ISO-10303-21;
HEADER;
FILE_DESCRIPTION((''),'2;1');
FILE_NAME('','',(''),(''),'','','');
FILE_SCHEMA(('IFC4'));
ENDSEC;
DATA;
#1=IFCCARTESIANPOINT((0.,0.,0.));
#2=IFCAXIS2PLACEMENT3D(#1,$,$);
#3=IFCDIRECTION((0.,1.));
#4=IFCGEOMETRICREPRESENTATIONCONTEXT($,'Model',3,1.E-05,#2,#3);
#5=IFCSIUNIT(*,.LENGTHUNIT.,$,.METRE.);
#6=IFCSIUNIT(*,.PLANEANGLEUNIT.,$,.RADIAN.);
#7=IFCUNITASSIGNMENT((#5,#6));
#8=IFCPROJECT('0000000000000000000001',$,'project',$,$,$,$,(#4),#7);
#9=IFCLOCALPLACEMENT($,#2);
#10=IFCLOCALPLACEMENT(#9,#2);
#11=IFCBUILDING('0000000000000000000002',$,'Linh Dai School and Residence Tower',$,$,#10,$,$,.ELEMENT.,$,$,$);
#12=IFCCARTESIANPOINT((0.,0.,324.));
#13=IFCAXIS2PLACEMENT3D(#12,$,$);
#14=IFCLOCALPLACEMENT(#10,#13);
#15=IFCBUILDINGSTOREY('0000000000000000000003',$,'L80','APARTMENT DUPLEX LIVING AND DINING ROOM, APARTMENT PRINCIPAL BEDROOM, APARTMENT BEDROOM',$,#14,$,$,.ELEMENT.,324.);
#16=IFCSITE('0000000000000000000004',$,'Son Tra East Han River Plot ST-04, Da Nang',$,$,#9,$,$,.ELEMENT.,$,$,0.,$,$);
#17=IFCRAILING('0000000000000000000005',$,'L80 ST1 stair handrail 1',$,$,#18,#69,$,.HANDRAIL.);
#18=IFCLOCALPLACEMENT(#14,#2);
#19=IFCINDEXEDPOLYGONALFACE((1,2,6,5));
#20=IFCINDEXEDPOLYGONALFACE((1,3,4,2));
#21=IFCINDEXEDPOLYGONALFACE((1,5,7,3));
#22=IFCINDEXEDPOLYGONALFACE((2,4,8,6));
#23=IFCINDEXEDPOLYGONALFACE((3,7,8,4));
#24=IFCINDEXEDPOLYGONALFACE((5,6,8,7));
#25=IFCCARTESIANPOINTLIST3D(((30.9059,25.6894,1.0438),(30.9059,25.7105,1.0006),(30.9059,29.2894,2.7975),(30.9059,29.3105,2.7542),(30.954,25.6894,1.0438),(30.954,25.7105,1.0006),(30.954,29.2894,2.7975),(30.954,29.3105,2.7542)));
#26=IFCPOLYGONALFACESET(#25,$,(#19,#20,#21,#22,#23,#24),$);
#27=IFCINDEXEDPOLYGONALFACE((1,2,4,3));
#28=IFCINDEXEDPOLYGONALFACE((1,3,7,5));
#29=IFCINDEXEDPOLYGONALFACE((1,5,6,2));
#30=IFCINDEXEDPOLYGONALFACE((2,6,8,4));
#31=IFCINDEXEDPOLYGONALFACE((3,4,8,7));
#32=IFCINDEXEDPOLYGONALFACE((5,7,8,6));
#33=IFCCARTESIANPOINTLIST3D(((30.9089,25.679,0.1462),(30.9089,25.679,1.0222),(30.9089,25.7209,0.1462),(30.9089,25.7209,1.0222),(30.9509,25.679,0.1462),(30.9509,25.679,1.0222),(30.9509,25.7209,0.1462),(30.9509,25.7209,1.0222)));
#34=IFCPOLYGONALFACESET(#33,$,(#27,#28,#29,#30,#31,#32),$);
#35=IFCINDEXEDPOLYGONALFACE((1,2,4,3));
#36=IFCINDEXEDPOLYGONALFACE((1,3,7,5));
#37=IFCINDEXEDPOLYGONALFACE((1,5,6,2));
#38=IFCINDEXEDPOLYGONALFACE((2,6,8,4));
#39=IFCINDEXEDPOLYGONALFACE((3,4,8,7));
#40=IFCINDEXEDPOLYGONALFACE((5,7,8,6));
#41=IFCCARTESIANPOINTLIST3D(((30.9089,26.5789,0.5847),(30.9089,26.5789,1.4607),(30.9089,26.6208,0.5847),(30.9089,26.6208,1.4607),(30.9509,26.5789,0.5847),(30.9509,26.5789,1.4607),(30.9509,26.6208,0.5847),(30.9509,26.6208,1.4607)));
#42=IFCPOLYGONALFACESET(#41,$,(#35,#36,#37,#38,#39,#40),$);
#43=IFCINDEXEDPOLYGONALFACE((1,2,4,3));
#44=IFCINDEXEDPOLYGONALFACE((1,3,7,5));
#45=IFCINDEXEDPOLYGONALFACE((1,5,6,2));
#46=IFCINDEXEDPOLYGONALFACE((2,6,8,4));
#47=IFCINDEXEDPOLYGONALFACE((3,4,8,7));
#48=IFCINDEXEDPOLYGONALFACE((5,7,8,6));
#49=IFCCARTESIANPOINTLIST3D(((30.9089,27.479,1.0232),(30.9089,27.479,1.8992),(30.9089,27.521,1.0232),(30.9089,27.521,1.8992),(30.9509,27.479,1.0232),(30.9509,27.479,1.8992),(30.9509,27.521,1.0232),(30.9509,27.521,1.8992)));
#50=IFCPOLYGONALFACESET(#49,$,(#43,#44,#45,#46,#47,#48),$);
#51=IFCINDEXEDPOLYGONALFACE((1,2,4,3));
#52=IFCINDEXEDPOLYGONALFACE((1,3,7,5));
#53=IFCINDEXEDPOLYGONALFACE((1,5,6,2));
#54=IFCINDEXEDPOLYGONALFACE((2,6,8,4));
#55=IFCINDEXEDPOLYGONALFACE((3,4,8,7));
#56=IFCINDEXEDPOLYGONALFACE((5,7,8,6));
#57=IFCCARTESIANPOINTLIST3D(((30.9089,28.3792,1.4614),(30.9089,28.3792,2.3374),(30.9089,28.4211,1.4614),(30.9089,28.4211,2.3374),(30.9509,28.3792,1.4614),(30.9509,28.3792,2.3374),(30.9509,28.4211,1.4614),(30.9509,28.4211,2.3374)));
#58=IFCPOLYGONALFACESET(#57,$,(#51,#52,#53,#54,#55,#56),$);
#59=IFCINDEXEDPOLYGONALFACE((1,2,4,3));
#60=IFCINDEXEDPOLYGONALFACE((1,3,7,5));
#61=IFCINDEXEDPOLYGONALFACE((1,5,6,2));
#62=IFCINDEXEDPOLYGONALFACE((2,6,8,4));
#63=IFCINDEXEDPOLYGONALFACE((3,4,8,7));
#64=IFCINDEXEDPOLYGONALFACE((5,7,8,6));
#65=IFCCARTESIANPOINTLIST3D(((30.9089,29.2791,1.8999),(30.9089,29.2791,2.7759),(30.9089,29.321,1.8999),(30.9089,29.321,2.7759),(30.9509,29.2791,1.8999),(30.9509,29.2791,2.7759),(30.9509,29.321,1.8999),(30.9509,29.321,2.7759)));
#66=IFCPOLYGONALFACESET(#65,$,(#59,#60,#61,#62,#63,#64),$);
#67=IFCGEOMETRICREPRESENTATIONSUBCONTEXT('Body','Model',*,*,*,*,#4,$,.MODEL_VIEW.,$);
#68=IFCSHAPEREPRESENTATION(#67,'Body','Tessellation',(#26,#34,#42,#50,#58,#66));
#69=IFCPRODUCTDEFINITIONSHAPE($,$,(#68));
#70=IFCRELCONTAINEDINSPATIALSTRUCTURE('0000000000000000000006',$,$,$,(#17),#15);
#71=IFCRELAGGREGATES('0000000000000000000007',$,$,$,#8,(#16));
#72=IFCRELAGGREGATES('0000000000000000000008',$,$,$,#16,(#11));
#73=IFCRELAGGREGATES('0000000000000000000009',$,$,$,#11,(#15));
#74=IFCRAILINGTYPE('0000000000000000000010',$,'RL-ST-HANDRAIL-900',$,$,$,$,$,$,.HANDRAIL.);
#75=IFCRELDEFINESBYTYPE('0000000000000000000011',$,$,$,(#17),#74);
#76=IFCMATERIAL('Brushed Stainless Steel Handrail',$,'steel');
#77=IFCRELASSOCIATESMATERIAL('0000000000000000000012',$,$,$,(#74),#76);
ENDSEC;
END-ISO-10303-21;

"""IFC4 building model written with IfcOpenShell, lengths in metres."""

from ifc_helpers import new_model, si_unit, direction, frame, origin, origin_2d, place, context, subcontext, project, spatial, rectangle, extrude, source, transform, mapped, material, type_object, element, save


model = new_model("IFC4")

# Units and contexts
model_context = context("Model", 3, precision=1e-05, world=origin(), true_north=direction((0.0, 1.0)))
body_context = subcontext(model_context, "Body", "Model", "MODEL_VIEW")
ifc_project = project(units=[si_unit("LENGTHUNIT", "METRE"), si_unit("PLANEANGLEUNIT", "RADIAN")], contexts=[model_context])

# Site, building, storey
site_placement = place(None, origin())
site = spatial("IfcSite", under=ifc_project, at=site_placement, Name="Son Tra East Han River Plot ST-04, Da Nang", CompositionType="ELEMENT", RefElevation=0.0)
building_placement = place(site_placement, origin())
building = spatial("IfcBuilding", under=site, at=building_placement, Name="Linh Dai School and Residence Tower", CompositionType="ELEMENT")
storey_placement = place(building_placement, frame((0.0, 0.0, 324.0)))
storey = spatial("IfcBuildingStorey", under=building, at=storey_placement, Name="L80", Description="APARTMENT DUPLEX LIVING AND DINING ROOM, APARTMENT PRINCIPAL BEDROOM, APARTMENT BEDROOM", CompositionType="ELEMENT", Elevation=324.0)

# Railing
ifc_material_1 = material(Name="Brushed Stainless Steel Handrail", Category="steel")
railing_type_1 = type_object("IfcRailingType", Name="RL-ST-HANDRAIL-900", PredefinedType="HANDRAIL", material=ifc_material_1)
shared_shape_1 = source(origin(), body_context, "Body", "SweptSolid", [
    extrude(rectangle(XDim=0.0481, YDim=0.0481, at=origin_2d()), frame((0.0, 0.0, 0.876), z_axis=(0.0, 0.899013, 0.437923), x_axis=(-1.0, 0.0, 0.0)), (0.0, 0.0, 1.0), 4.0044),
    extrude(rectangle(XDim=0.042, YDim=0.042, at=origin_2d()), origin(), (0.0, 0.0, 1.0), 0.876),
    extrude(rectangle(XDim=0.042, YDim=0.042, at=origin_2d()), frame((0.0, 0.8999, 0.4385)), (0.0, 0.0, 1.0), 0.876),
    extrude(rectangle(XDim=0.042, YDim=0.042, at=origin_2d()), frame((0.0, 1.8, 0.877)), (0.0, 0.0, 1.0), 0.876),
    extrude(rectangle(XDim=0.042, YDim=0.042, at=origin_2d()), frame((0.0, 2.7002, 1.3152)), (0.0, 0.0, 1.0), 0.876),
    extrude(rectangle(XDim=0.042, YDim=0.042, at=origin_2d()), frame((0.0, 3.6001, 1.7537)), (0.0, 0.0, 1.0), 0.876),
])
railing_1_placement = place(storey_placement, frame((30.9299, 25.7, 0.1462)))
element("IfcRailing", 1, at=railing_1_placement, inside=storey, type_object=railing_type_1, Name="L80 ST1 stair handrail 1", PredefinedType="HANDRAIL", context=body_context, shape_type="MappedRepresentation", body=[
    mapped(shared_shape_1, transform((0.0, 0.0, 0.0), x_axis=(1.0, 0.0, 0.0), y_axis=(0.0, 1.0, 0.0), z_axis=(0.0, 0.0, 1.0), scale=1.0)),
])

save(model, "model.ifc")
